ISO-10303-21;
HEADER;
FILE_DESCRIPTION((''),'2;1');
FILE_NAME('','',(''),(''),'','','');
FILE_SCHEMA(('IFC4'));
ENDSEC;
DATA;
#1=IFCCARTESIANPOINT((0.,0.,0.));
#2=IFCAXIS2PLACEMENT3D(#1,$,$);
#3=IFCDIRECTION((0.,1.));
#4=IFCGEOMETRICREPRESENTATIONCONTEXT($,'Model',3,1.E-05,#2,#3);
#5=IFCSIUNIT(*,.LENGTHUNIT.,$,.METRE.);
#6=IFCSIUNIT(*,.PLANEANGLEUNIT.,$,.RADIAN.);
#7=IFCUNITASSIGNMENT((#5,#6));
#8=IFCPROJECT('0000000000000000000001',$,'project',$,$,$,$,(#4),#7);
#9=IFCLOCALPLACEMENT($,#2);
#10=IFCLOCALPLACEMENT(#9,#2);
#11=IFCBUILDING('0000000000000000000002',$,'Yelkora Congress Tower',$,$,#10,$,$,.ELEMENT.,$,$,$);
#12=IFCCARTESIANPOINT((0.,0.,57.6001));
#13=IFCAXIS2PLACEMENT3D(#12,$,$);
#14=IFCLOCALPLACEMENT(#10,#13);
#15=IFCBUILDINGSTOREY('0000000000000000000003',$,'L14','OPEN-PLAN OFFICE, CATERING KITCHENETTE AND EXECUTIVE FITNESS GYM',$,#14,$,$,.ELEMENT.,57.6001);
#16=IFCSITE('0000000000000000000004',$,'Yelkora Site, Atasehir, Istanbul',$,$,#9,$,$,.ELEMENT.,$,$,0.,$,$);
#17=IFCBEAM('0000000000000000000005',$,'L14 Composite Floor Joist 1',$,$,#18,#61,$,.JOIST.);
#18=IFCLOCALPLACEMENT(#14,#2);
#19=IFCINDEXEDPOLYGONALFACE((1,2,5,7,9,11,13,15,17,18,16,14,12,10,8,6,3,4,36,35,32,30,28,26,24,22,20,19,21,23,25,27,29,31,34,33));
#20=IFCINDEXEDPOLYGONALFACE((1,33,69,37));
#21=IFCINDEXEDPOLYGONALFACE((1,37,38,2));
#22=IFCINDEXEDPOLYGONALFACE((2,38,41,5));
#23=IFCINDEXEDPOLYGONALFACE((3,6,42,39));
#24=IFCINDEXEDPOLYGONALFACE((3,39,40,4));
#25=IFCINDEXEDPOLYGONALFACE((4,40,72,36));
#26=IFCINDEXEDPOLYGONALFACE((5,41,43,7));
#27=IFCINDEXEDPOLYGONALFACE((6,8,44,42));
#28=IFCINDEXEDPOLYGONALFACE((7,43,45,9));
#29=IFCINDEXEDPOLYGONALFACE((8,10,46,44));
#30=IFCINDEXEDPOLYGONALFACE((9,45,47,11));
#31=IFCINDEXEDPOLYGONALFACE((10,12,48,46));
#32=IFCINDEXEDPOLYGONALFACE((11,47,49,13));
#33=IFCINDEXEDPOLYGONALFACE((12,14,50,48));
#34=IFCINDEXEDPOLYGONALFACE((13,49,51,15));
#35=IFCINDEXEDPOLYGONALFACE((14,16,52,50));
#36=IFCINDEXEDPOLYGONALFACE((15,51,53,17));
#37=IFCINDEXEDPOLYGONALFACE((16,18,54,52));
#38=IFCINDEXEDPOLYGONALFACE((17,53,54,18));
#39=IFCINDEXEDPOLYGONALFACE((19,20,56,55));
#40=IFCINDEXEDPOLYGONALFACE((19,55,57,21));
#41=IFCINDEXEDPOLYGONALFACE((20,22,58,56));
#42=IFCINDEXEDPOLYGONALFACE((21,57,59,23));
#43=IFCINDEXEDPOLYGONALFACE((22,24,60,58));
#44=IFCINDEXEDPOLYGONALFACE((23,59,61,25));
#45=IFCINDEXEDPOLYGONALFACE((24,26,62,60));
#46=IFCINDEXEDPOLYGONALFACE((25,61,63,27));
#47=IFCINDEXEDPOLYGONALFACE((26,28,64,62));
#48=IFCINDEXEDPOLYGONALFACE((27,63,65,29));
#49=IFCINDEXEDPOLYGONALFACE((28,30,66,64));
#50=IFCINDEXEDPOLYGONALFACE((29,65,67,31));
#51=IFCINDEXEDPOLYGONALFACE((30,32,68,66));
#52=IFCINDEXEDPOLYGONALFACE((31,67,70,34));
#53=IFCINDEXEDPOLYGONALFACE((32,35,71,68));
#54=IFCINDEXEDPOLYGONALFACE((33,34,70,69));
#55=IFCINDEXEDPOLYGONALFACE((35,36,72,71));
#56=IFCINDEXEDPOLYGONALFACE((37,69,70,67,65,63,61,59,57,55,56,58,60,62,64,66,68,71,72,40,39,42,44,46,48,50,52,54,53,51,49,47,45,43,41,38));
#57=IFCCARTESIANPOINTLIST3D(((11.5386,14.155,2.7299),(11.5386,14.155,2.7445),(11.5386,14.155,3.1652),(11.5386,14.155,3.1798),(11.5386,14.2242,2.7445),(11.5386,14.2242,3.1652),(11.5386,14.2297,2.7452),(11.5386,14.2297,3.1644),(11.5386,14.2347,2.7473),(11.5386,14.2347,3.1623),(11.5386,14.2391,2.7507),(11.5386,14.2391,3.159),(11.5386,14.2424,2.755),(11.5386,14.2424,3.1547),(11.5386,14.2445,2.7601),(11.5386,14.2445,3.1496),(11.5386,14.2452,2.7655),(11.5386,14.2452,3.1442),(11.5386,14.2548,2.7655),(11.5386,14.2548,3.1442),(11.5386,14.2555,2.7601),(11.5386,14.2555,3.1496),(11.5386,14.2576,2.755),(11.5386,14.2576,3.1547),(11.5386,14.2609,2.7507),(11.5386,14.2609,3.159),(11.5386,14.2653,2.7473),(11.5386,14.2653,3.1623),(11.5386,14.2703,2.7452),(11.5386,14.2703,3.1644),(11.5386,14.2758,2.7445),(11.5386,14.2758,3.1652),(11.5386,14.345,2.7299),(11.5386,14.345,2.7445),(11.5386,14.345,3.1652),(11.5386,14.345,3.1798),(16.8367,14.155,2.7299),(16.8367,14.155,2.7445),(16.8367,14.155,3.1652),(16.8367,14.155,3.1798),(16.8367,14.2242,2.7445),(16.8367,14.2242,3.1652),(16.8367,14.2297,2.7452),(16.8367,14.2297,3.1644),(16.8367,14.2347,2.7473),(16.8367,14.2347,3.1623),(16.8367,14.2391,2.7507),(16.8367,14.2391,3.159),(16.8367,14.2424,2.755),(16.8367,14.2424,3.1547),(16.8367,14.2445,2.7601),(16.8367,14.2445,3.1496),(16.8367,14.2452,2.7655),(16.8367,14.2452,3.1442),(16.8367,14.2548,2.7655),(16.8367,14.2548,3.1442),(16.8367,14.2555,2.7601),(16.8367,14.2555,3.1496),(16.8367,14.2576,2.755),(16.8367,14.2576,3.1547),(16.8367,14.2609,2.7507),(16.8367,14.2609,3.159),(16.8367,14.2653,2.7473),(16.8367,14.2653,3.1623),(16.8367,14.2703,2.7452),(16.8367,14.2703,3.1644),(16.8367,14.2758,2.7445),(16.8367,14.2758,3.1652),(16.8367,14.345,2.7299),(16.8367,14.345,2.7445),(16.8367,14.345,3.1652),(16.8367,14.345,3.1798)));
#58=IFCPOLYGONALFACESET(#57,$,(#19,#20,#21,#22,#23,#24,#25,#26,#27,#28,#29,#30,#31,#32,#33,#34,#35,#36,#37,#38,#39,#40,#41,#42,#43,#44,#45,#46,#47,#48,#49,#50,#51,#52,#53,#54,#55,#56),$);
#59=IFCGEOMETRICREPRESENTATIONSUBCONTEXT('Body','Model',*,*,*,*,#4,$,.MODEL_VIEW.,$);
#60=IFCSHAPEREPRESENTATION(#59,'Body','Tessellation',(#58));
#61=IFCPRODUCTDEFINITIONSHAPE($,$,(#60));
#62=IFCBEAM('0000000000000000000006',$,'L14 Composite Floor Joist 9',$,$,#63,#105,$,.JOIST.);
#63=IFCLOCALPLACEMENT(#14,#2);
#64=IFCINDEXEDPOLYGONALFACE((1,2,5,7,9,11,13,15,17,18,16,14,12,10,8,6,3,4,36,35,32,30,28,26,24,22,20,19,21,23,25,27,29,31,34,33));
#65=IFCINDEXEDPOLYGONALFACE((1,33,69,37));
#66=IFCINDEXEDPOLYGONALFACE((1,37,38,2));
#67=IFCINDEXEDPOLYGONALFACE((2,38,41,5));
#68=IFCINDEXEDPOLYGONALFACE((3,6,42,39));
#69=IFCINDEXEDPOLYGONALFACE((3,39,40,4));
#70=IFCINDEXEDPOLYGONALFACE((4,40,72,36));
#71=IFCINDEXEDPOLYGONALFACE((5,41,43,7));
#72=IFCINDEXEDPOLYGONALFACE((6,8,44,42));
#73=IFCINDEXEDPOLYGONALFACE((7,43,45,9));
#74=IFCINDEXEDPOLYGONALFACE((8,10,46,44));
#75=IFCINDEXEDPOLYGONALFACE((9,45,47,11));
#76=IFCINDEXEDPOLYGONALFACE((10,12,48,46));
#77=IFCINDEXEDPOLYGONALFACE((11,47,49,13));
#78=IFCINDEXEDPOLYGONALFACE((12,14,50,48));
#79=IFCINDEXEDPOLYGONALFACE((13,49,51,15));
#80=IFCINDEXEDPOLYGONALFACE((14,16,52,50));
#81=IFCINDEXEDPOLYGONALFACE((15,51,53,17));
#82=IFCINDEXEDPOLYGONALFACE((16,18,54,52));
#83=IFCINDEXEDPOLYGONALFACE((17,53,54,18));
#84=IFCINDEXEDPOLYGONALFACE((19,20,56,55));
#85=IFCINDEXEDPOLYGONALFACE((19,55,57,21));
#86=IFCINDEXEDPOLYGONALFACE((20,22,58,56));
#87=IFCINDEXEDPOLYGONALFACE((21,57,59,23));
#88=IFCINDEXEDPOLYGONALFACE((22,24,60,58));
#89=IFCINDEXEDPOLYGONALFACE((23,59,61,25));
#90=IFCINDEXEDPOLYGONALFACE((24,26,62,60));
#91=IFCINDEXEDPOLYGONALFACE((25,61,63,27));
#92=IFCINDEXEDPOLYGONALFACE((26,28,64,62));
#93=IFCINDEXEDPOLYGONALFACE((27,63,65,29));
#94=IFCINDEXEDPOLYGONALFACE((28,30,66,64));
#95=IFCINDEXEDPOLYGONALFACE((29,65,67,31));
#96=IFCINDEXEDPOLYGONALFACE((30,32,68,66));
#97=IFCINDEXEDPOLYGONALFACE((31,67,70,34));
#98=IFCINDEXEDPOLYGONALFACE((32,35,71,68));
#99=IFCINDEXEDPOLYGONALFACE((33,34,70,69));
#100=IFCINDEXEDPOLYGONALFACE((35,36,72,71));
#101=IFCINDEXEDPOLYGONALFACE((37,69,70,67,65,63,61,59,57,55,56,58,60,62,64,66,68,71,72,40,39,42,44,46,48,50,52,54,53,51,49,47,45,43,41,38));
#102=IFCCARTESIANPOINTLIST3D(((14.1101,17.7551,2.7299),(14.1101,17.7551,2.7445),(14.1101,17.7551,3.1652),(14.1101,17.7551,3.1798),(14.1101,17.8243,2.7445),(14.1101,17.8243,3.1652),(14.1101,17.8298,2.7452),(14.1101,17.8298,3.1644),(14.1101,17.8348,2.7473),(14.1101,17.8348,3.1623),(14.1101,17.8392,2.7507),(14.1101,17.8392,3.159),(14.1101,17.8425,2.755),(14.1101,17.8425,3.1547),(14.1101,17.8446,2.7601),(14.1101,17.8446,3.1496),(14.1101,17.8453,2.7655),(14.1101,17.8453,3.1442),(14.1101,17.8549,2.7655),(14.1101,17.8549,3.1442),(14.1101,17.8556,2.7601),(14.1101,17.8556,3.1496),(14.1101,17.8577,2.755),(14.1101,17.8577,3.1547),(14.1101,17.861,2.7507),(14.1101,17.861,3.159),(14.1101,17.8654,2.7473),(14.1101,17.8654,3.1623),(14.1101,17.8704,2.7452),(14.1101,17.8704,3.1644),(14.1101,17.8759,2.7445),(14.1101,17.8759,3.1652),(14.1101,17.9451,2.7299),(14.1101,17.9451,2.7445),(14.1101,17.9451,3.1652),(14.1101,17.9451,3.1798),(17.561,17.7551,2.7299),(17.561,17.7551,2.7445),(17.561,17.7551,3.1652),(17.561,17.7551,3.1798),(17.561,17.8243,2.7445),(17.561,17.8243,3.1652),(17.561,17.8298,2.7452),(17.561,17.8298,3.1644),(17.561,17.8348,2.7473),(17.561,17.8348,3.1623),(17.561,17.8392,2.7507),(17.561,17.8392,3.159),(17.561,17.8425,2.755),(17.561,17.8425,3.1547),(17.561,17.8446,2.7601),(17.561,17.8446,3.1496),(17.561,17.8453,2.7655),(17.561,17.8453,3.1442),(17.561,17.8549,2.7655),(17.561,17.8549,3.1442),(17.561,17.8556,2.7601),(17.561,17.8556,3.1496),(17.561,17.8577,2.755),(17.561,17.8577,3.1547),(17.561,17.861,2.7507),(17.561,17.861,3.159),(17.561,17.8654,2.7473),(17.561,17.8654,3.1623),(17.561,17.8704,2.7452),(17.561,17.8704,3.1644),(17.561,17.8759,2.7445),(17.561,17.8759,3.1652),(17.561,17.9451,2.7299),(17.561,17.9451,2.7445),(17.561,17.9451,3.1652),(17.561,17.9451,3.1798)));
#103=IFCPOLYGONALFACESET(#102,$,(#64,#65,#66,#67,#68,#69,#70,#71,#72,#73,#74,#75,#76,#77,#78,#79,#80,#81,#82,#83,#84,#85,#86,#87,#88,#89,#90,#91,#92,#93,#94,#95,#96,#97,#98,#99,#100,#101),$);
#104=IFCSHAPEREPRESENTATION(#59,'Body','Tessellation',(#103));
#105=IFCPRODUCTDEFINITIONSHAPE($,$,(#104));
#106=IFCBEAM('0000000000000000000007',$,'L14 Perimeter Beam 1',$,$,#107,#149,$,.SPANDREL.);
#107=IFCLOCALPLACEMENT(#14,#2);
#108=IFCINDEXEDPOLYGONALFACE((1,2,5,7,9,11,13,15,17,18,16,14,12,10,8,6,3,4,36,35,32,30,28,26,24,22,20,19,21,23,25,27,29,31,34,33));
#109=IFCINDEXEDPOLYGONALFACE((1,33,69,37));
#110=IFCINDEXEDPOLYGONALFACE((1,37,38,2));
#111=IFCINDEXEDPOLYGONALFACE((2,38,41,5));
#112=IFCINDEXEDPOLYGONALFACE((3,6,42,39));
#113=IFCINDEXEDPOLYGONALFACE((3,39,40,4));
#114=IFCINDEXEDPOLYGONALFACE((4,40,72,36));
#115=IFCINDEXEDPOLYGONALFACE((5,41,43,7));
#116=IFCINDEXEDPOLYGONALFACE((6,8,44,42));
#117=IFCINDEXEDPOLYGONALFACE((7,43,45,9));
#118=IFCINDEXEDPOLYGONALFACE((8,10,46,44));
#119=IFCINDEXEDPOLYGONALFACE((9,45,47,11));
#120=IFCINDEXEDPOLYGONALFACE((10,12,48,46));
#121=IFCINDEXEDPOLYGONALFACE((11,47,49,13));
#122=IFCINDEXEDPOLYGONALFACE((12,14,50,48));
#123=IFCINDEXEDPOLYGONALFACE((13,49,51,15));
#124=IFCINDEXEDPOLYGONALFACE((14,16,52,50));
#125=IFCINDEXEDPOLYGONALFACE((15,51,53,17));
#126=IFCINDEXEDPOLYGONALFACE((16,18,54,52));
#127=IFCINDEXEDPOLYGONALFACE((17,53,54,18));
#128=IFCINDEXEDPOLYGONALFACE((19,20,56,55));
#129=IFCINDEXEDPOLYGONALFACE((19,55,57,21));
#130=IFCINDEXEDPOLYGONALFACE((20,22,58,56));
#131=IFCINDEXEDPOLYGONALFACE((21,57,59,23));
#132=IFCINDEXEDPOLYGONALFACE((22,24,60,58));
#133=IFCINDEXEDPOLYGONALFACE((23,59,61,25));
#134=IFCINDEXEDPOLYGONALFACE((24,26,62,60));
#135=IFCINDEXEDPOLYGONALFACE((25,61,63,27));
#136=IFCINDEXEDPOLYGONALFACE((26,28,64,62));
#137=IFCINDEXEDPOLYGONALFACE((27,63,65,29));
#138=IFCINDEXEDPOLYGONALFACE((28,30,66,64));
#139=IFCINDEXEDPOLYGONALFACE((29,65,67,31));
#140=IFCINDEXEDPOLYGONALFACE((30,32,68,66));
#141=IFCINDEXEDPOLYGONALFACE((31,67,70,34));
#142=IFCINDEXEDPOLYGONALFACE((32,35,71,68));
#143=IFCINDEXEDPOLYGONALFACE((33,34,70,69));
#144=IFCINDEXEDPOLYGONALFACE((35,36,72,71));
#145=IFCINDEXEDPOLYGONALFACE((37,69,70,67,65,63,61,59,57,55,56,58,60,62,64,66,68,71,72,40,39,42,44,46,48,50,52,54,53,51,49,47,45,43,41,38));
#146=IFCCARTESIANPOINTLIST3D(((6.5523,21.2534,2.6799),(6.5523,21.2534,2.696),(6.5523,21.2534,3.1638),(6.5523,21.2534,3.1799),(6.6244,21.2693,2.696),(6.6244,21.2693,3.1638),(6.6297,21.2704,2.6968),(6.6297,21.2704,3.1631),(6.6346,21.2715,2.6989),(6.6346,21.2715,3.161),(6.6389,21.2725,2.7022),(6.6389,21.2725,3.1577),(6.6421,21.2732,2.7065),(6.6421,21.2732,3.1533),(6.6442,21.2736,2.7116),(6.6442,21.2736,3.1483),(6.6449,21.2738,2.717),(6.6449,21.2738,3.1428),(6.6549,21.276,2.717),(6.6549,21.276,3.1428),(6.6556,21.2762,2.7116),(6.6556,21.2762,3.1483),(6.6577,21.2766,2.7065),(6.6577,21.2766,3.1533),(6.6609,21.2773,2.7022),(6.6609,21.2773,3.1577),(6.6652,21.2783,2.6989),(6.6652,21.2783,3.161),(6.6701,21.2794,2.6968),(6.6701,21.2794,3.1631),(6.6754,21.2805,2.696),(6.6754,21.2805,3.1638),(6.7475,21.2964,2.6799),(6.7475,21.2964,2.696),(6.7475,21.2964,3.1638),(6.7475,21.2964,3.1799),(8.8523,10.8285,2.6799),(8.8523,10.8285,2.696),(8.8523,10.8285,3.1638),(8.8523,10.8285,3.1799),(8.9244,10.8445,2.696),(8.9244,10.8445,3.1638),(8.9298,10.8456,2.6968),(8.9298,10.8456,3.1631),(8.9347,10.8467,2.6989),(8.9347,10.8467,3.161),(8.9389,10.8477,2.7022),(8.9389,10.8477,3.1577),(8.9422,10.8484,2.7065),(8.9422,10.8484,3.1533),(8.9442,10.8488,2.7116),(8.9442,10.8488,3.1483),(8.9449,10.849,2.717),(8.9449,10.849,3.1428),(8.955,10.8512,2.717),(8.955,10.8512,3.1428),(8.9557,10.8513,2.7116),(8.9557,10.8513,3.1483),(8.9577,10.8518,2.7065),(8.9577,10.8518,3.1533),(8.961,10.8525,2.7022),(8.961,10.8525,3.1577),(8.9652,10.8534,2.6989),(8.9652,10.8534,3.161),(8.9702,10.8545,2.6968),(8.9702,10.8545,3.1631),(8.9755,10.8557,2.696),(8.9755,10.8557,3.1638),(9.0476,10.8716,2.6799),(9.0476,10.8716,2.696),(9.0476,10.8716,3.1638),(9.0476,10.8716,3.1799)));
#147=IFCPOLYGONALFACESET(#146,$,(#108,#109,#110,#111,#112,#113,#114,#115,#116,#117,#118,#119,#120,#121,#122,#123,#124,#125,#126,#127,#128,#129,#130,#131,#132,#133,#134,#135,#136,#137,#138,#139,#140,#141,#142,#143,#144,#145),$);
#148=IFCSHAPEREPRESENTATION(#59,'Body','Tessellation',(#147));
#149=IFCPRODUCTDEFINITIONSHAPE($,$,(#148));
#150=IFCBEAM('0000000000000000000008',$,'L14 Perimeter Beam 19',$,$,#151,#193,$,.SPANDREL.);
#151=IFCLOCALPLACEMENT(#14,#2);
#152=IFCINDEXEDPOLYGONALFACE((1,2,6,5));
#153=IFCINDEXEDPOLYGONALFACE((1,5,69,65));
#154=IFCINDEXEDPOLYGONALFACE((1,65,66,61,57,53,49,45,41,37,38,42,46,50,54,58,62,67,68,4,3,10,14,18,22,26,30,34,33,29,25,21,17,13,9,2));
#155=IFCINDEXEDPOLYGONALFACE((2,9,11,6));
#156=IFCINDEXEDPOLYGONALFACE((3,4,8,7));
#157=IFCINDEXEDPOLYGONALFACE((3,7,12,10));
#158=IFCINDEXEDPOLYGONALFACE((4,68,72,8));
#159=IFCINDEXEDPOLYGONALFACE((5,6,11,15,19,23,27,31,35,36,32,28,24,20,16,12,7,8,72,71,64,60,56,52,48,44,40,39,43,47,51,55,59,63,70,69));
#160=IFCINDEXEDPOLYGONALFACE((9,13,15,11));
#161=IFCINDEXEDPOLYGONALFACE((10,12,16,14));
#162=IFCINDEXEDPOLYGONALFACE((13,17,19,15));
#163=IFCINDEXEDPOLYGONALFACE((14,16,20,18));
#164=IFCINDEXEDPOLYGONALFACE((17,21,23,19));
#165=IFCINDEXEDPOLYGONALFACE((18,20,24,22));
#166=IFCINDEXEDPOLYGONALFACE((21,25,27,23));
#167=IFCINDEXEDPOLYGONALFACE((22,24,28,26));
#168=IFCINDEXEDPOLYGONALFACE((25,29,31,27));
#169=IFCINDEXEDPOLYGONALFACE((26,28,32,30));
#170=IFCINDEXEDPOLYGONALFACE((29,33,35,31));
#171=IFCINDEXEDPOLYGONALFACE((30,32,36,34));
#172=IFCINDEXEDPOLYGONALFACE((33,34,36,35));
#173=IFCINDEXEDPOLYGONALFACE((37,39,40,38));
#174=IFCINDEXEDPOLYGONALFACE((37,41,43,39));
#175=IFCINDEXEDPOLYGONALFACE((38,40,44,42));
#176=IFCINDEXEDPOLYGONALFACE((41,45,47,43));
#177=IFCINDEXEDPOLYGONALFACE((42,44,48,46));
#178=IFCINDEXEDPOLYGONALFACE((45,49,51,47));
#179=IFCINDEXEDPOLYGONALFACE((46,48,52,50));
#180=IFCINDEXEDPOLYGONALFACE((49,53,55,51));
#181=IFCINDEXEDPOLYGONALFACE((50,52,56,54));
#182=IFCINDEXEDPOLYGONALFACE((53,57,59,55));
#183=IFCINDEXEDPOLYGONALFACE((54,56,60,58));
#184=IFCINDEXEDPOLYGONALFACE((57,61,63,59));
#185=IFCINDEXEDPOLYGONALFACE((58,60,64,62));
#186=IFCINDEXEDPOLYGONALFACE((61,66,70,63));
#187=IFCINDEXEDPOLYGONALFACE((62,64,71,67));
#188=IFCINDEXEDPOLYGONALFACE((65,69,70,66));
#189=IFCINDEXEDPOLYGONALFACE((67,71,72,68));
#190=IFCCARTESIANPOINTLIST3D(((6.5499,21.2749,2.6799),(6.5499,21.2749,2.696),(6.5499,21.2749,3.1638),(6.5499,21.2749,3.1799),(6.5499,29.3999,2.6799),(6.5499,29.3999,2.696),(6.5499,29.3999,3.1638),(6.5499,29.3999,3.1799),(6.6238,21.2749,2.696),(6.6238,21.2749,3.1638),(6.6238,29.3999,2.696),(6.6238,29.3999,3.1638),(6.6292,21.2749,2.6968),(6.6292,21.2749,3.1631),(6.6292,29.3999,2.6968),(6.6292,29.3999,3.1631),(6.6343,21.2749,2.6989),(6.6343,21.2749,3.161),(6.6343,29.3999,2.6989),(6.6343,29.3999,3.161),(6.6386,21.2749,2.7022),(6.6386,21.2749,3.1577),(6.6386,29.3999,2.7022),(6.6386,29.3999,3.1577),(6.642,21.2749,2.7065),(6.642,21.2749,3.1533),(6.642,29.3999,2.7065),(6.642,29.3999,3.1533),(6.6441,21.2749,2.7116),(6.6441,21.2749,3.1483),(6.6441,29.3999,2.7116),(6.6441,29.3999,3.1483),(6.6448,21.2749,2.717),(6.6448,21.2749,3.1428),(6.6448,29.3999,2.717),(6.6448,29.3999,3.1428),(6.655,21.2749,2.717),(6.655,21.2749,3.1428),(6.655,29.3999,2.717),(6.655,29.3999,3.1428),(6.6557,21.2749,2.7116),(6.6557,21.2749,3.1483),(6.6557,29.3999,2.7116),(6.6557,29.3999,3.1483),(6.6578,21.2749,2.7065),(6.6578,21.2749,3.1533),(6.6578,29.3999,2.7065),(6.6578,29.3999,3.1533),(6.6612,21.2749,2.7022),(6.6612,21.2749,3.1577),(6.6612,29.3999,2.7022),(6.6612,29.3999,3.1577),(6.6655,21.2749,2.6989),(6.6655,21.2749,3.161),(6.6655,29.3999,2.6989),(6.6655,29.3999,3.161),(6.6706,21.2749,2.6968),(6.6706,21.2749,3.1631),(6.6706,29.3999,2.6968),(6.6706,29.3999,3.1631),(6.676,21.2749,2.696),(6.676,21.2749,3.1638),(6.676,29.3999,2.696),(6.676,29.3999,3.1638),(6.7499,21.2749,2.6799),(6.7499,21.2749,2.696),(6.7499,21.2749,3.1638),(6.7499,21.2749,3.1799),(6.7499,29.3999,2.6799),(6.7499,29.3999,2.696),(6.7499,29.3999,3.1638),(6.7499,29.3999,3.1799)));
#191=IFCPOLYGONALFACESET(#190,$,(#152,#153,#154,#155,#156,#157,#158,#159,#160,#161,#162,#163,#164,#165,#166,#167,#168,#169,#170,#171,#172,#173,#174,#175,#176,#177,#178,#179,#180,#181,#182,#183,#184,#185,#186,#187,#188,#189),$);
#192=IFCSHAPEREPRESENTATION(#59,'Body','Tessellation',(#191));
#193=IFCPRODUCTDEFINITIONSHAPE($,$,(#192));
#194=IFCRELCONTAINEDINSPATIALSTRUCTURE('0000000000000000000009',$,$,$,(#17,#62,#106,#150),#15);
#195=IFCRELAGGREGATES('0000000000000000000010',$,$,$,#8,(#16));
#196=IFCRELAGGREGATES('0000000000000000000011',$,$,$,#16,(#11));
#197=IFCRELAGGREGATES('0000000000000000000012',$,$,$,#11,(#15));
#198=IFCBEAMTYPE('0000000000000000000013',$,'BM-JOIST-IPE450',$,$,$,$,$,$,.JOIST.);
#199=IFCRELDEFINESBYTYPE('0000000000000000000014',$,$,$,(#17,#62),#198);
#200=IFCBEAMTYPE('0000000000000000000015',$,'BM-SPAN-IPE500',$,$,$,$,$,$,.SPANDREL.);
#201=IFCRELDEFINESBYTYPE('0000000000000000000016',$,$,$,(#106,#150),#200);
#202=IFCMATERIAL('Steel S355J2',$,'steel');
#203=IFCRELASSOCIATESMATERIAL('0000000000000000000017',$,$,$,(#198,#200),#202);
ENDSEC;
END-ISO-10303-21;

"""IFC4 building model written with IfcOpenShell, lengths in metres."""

from ifc_helpers import new_model, si_unit, direction, frame, origin, origin_2d, place, context, subcontext, project, spatial, i_section, extrude, material, material_profile, profile_set, type_object, element, save


model = new_model("IFC4")

# Units and contexts
model_context = context("Model", 3, precision=1e-05, world=origin(), true_north=direction((0.0, 1.0)))
body_context = subcontext(model_context, "Body", "Model", "MODEL_VIEW")
ifc_project = project(units=[si_unit("LENGTHUNIT", "METRE"), si_unit("PLANEANGLEUNIT", "RADIAN")], contexts=[model_context])

# Site, building, storey
site_placement = place(None, origin())
site = spatial("IfcSite", under=ifc_project, at=site_placement, Name="Yelkora Site, Atasehir, Istanbul", CompositionType="ELEMENT", RefElevation=0.0)
building_placement = place(site_placement, origin())
building = spatial("IfcBuilding", under=site, at=building_placement, Name="Yelkora Congress Tower", CompositionType="ELEMENT")
storey_placement = place(building_placement, frame((0.0, 0.0, 57.6001)))
storey = spatial("IfcBuildingStorey", under=building, at=storey_placement, Name="L14", Description="OPEN-PLAN OFFICE, CATERING KITCHENETTE AND EXECUTIVE FITNESS GYM", CompositionType="ELEMENT", Elevation=57.6001)

# Beams
ifc_material_1 = material(Name="Steel S355J2", Category="steel")
ifc_material_profile_1 = material_profile(ifc_material_1, i_section(OverallWidth=0.1899, OverallDepth=0.45, WebThickness=0.0095, FlangeThickness=0.0146, FilletRadius=0.021, at=origin_2d()), Name="IPE 450")
ifc_profile_set_1 = profile_set([ifc_material_profile_1], Name="Steel S355J2")
beam_type_1 = type_object("IfcBeamType", Name="BM-JOIST-IPE450", PredefinedType="JOIST", material=ifc_profile_set_1)
beam_1_placement = place(storey_placement, frame((11.5386, 14.25, 2.9548), z_axis=(1.0, 0.0, 0.0), x_axis=(0.0, 1.0, 0.0)))
element("IfcBeam", 1, at=beam_1_placement, inside=storey, type_object=beam_type_1, Name="L14 Composite Floor Joist 1", PredefinedType="JOIST", context=body_context, shape_type="SweptSolid", body=[
    extrude(i_section(OverallWidth=0.1899, OverallDepth=0.45, WebThickness=0.0095, FlangeThickness=0.0146, FilletRadius=0.021, at=origin_2d()), origin(), (0.0, 0.0, 1.0), 5.2981),
])
beam_2_placement = place(storey_placement, frame((14.1101, 17.8501, 2.9548), z_axis=(1.0, 0.0, 0.0), x_axis=(0.0, 1.0, 0.0)))
element("IfcBeam", 2, at=beam_2_placement, inside=storey, type_object=beam_type_1, Name="L14 Composite Floor Joist 9", PredefinedType="JOIST", context=body_context, shape_type="SweptSolid", body=[
    extrude(i_section(OverallWidth=0.1899, OverallDepth=0.45, WebThickness=0.0095, FlangeThickness=0.0146, FilletRadius=0.021, at=origin_2d()), origin(), (0.0, 0.0, 1.0), 3.4509),
])
ifc_material_profile_2 = material_profile(ifc_material_1, i_section(OverallWidth=0.2, OverallDepth=0.5, WebThickness=0.0103, FlangeThickness=0.0161, FilletRadius=0.021, at=origin_2d()), Name="IPE 500")
ifc_profile_set_2 = profile_set([ifc_material_profile_2], Name="Steel S355J2")
beam_type_2 = type_object("IfcBeamType", Name="BM-SPAN-IPE500", PredefinedType="SPANDREL", material=ifc_profile_set_2)
beam_3_placement = place(storey_placement, frame((6.6499, 21.2749, 2.9299), z_axis=(0.215451, -0.976515, 0.0), x_axis=(0.976515, 0.215451, 0.0)))
element("IfcBeam", 3, at=beam_3_placement, inside=storey, type_object=beam_type_2, Name="L14 Perimeter Beam 1", PredefinedType="SPANDREL", context=body_context, shape_type="SweptSolid", body=[
    extrude(i_section(OverallWidth=0.2, OverallDepth=0.5, WebThickness=0.0103, FlangeThickness=0.0161, FilletRadius=0.021, at=origin_2d()), origin(), (0.0, 0.0, 1.0), 10.6755),
])
beam_4_placement = place(storey_placement, frame((6.6499, 29.3999, 2.9299), z_axis=(0.0, -1.0, 0.0), x_axis=(1.0, 0.0, 0.0)))
element("IfcBeam", 4, at=beam_4_placement, inside=storey, type_object=beam_type_2, Name="L14 Perimeter Beam 19", PredefinedType="SPANDREL", context=body_context, shape_type="SweptSolid", body=[
    extrude(i_section(OverallWidth=0.2, OverallDepth=0.5, WebThickness=0.0103, FlangeThickness=0.0161, FilletRadius=0.021, at=origin_2d()), origin(), (0.0, 0.0, 1.0), 8.125),
])

save(model, "model.ifc")
